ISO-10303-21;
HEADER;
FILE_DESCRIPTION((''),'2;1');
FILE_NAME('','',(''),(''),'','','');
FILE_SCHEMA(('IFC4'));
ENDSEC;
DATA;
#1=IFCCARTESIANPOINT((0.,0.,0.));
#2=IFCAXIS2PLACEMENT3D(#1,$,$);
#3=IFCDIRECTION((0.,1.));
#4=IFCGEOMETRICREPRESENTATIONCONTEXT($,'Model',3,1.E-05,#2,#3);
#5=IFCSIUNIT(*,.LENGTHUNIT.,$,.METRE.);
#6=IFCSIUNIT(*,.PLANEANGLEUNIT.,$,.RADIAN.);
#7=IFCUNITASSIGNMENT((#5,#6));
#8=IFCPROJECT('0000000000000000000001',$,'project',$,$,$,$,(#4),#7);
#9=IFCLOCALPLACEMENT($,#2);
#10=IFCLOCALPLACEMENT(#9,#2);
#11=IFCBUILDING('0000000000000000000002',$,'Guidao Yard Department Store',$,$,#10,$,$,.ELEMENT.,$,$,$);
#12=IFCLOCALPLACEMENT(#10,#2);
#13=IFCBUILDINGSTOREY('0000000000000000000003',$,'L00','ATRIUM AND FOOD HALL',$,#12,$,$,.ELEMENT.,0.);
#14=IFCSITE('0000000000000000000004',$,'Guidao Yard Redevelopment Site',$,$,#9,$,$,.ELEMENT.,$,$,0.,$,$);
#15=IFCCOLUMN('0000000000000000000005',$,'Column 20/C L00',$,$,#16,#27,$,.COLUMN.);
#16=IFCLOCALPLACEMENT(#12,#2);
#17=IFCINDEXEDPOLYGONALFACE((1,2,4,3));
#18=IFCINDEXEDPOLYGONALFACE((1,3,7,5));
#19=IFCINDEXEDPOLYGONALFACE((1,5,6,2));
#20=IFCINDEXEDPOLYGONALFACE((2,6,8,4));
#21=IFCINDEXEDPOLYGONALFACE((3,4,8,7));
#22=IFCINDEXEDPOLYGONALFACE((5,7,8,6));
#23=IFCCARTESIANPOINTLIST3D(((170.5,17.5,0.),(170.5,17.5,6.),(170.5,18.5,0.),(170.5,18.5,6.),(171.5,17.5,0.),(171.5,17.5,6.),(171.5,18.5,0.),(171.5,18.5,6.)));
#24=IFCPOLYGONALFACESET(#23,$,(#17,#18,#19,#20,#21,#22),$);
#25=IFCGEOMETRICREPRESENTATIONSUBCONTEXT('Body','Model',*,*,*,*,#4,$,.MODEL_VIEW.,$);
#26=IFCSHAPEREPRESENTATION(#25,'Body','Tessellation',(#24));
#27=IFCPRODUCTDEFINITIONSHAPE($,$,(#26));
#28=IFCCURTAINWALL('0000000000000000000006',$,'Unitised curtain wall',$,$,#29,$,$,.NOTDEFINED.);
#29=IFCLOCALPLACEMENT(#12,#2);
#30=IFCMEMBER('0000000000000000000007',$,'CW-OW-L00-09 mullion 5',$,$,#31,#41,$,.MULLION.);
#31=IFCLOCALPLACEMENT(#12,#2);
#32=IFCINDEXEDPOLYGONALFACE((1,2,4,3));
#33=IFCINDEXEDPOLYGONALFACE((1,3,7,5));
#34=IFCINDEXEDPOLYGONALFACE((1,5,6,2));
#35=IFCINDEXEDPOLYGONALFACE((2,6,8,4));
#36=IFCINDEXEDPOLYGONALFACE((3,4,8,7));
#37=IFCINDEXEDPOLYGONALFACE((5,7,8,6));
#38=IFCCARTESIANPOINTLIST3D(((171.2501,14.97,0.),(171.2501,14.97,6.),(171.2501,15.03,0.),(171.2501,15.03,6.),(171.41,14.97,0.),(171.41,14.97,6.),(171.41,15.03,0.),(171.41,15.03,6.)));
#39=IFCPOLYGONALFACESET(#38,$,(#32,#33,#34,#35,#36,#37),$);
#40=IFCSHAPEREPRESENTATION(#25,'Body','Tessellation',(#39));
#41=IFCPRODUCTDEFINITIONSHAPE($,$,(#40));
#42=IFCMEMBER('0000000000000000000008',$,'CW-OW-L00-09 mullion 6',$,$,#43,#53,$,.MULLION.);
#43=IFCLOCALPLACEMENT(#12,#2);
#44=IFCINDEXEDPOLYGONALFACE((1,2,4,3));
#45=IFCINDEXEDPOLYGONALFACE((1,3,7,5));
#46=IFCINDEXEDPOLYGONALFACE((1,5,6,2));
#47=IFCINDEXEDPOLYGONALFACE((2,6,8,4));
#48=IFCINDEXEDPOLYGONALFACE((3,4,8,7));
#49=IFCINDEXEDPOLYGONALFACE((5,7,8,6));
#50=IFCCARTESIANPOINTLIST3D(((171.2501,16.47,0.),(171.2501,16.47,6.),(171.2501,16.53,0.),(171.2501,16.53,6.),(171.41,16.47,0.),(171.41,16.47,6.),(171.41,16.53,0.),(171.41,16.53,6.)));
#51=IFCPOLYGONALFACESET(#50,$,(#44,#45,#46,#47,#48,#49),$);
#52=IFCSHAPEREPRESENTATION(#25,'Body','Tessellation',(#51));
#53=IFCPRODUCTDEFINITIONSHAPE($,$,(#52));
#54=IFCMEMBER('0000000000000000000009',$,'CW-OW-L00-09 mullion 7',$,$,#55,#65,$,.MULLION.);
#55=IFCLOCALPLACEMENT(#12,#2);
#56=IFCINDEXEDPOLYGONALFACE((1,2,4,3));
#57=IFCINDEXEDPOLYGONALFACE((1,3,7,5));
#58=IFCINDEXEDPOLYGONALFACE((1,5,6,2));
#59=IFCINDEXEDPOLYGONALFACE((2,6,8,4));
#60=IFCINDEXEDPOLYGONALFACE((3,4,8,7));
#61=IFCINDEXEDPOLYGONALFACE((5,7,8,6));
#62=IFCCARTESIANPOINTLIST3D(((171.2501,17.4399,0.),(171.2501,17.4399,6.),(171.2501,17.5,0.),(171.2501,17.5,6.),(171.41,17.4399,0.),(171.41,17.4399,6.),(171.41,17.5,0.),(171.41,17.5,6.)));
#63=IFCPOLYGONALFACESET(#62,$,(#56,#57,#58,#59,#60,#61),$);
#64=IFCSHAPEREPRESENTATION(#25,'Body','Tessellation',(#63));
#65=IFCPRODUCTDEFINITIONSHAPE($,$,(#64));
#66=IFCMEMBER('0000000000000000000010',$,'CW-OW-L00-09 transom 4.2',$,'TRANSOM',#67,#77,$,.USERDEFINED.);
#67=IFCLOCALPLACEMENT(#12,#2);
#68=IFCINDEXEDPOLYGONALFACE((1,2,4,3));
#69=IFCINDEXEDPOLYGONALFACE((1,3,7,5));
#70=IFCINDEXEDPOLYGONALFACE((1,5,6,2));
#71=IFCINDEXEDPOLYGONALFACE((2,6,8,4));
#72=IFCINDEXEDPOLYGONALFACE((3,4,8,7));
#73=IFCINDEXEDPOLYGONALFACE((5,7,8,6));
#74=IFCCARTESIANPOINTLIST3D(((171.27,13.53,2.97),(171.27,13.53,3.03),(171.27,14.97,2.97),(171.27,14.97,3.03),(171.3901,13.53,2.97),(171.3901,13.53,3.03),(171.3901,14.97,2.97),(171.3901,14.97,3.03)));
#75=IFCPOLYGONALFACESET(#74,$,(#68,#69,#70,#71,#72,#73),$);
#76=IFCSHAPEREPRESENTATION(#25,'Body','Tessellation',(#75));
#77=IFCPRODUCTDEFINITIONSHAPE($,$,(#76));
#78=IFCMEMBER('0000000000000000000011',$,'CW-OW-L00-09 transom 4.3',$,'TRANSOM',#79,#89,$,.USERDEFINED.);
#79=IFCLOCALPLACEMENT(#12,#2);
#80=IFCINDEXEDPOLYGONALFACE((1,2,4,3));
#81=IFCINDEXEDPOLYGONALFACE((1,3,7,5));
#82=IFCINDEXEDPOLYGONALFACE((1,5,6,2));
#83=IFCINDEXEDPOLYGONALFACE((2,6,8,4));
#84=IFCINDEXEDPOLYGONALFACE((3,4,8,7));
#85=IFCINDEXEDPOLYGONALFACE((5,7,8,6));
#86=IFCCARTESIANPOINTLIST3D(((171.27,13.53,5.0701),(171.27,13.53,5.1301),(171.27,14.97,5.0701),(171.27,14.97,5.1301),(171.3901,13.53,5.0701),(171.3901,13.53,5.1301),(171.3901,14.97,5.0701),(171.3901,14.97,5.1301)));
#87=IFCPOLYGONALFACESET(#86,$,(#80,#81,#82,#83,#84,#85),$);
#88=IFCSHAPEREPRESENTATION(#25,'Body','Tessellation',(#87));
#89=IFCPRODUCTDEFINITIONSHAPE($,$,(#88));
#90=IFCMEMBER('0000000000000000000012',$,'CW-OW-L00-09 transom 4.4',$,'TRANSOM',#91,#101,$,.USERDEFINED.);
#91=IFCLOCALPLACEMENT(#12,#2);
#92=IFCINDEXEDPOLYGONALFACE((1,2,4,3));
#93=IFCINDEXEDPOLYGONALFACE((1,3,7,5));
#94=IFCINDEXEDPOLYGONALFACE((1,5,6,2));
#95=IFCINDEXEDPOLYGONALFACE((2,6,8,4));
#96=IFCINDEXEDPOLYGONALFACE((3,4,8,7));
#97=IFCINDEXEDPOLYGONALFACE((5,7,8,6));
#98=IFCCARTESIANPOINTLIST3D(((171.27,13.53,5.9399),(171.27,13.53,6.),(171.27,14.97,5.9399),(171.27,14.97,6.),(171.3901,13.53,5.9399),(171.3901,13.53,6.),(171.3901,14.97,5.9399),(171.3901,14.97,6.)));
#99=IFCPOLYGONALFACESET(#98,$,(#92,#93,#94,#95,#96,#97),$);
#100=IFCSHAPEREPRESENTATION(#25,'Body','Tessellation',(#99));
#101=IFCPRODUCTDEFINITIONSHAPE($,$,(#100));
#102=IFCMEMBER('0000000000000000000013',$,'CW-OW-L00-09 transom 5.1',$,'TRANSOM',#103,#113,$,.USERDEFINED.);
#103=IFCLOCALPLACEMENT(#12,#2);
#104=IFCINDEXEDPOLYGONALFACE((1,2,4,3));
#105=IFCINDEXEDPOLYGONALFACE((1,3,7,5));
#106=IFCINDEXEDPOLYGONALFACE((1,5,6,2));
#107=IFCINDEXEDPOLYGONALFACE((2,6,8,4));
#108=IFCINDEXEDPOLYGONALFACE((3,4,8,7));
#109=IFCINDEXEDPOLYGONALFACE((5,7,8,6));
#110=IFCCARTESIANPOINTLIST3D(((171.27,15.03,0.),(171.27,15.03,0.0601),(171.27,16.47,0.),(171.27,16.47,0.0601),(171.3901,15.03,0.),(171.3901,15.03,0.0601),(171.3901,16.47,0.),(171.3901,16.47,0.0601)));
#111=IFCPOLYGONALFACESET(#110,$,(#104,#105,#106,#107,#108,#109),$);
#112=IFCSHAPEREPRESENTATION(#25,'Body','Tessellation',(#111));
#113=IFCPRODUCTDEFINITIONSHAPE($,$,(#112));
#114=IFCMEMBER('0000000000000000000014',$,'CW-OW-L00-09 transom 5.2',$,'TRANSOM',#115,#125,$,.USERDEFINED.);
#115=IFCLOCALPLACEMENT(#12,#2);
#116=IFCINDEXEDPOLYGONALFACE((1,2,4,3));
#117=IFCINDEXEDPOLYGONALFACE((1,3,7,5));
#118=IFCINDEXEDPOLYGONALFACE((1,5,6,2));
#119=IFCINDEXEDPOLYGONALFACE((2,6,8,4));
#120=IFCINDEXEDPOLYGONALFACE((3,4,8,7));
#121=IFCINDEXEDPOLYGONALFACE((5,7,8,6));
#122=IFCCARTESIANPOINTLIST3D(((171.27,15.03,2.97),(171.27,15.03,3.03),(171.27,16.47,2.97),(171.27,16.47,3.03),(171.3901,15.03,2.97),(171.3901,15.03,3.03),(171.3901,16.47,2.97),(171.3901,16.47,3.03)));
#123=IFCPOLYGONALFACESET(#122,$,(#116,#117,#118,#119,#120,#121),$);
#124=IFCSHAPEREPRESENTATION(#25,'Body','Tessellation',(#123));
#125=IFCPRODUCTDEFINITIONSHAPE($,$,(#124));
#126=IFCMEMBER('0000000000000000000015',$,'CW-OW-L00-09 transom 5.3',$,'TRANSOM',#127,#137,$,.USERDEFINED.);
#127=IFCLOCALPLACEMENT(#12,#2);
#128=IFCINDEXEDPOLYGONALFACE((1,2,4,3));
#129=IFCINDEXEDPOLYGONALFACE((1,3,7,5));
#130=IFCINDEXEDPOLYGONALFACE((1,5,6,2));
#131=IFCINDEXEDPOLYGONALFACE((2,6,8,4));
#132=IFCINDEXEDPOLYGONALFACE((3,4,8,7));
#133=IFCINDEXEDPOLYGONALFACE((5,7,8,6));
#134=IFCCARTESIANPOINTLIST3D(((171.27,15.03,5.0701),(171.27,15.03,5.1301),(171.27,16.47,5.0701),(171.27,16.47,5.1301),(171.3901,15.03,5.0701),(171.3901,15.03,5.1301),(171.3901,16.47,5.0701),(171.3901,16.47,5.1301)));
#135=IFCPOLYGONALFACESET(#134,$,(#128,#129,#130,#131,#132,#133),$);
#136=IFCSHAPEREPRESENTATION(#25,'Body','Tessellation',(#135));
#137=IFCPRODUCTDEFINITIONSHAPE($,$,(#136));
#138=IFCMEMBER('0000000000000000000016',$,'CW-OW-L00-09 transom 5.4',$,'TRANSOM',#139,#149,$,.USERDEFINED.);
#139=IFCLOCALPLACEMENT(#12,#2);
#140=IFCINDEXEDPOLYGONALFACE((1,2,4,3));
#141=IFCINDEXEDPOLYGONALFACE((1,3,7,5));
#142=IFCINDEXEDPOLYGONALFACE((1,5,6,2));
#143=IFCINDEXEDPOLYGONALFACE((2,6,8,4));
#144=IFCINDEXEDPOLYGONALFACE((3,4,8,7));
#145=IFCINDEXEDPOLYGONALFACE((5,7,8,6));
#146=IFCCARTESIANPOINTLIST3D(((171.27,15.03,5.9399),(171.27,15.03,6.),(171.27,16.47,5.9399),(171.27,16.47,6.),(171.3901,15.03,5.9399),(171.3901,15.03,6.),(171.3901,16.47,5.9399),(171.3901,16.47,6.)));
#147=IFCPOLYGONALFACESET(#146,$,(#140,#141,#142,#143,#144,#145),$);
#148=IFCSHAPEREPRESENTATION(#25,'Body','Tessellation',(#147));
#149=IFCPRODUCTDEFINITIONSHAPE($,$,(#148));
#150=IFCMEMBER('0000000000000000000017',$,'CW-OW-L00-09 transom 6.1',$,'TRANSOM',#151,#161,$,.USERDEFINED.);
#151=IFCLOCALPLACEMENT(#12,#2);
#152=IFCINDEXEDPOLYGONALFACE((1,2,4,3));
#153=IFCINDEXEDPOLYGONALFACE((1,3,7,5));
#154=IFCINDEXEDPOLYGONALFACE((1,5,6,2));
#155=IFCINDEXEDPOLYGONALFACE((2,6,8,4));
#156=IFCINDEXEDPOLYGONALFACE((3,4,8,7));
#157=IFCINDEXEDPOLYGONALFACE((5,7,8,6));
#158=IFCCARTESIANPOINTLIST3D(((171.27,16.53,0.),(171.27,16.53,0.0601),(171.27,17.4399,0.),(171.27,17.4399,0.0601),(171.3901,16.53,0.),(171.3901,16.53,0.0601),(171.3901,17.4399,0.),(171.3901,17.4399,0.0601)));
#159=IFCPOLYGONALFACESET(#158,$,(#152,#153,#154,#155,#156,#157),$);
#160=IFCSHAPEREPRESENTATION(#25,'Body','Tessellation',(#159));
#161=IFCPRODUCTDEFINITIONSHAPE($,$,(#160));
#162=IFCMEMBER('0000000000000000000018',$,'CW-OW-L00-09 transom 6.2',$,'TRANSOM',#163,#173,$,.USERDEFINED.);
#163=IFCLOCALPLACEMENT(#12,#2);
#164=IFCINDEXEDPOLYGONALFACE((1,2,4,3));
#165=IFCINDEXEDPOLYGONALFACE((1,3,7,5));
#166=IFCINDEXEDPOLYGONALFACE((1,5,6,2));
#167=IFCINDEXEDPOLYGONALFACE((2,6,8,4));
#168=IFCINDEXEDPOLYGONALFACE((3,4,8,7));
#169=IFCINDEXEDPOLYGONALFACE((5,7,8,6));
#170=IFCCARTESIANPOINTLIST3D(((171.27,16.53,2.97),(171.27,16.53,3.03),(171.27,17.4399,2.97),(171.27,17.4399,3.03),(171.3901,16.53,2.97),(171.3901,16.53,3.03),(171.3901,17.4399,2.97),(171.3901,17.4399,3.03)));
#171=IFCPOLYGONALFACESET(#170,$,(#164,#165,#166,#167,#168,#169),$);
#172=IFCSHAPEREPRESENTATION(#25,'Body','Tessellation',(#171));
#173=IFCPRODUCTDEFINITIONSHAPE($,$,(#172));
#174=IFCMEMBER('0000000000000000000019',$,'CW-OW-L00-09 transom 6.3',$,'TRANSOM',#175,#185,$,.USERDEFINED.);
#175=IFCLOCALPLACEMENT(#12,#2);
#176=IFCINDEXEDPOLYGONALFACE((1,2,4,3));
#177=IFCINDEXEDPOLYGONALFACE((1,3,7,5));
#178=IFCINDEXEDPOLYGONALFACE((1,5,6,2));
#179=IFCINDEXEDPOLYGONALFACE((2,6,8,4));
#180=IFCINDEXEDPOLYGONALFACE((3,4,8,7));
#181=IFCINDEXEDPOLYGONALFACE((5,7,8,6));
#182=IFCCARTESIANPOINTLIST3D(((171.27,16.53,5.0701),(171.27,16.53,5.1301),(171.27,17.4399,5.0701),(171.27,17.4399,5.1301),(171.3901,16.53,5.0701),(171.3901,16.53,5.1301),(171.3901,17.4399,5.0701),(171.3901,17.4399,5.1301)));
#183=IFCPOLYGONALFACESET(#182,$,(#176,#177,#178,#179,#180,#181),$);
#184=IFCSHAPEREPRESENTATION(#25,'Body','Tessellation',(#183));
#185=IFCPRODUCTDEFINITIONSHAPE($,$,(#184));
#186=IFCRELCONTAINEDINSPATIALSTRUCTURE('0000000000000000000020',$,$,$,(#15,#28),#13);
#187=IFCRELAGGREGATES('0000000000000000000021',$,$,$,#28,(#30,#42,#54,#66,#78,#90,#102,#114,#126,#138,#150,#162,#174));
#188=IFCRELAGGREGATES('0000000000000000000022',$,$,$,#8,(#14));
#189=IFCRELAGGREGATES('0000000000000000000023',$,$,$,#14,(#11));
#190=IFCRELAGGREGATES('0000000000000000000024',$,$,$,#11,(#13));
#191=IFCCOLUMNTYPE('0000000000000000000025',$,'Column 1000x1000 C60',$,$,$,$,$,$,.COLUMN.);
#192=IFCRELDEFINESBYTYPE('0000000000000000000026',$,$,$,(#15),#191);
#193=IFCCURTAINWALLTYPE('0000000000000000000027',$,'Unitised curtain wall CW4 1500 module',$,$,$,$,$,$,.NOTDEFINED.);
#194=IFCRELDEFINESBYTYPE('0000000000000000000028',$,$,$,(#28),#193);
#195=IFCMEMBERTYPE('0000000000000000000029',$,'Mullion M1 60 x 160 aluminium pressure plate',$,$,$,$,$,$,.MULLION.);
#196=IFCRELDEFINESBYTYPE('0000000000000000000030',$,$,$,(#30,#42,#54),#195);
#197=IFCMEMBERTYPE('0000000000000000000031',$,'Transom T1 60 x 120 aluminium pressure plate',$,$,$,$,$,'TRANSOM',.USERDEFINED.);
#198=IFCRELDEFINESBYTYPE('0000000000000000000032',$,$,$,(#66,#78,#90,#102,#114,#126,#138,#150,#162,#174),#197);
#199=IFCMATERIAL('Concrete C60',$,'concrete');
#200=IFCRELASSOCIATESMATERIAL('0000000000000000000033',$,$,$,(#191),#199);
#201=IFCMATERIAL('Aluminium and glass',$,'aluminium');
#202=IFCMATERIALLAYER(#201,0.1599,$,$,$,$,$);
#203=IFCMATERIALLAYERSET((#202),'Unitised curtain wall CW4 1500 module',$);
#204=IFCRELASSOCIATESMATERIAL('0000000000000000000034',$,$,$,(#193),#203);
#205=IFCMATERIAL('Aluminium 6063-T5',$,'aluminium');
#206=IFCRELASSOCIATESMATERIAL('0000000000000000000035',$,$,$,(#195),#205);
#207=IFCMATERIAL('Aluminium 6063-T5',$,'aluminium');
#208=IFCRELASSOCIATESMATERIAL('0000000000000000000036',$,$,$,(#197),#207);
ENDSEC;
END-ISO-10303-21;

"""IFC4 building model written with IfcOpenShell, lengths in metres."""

from ifc_helpers import new_model, si_unit, direction, frame, origin, origin_2d, place, context, subcontext, project, spatial, rectangle, extrude, material, layer, layer_set, material_profile, profile_set, type_object, element, aggregate, save


model = new_model("IFC4")

# Units and contexts
model_context = context("Model", 3, precision=1e-05, world=origin(), true_north=direction((0.0, 1.0)))
body_context = subcontext(model_context, "Body", "Model", "MODEL_VIEW")
ifc_project = project(units=[si_unit("LENGTHUNIT", "METRE"), si_unit("PLANEANGLEUNIT", "RADIAN")], contexts=[model_context])

# Site, building, storey
site_placement = place(None, origin())
site = spatial("IfcSite", under=ifc_project, at=site_placement, Name="Guidao Yard Redevelopment Site", CompositionType="ELEMENT", RefElevation=0.0)
building_placement = place(site_placement, origin())
building = spatial("IfcBuilding", under=site, at=building_placement, Name="Guidao Yard Department Store", CompositionType="ELEMENT")
storey_placement = place(building_placement, origin())
storey = spatial("IfcBuildingStorey", under=building, at=storey_placement, Name="L00", Description="ATRIUM AND FOOD HALL", CompositionType="ELEMENT", Elevation=0.0)

# Column
ifc_material_1 = material(Name="Concrete C60", Category="concrete")
ifc_material_profile_1 = material_profile(ifc_material_1, rectangle(XDim=1.0, YDim=1.0, at=origin_2d()), Name="COL 1000x1000")
ifc_profile_set_1 = profile_set([ifc_material_profile_1], Name="Concrete C60")
column_type = type_object("IfcColumnType", Name="Column 1000x1000 C60", PredefinedType="COLUMN", material=ifc_profile_set_1)
column_placement = place(storey_placement, frame((171.0, 18.0, 0.0), z_axis=(0.0, 0.0, 1.0), x_axis=(1.0, 0.0, 0.0)))
element("IfcColumn", 1, at=column_placement, inside=storey, type_object=column_type, Name="Column 20/C L00", PredefinedType="COLUMN", context=body_context, shape_type="SweptSolid", body=[
    extrude(rectangle(XDim=1.0, YDim=1.0, at=origin_2d()), origin(), (0.0, 0.0, 1.0), 6.0),
])

# Curtain wall, members
ifc_material_2 = material(Name="Aluminium and glass", Category="aluminium")
ifc_layer_1 = layer(ifc_material_2, 0.1599)
ifc_layer_set_1 = layer_set([ifc_layer_1], Name="Unitised curtain wall CW4 1500 module")
curtain_wall_type = type_object("IfcCurtainWallType", Name="Unitised curtain wall CW4 1500 module", PredefinedType="NOTDEFINED", material=ifc_layer_set_1)
curtain_wall_placement = place(storey_placement, origin())
curtain_wall = element("IfcCurtainWall", 2, at=curtain_wall_placement, inside=storey, type_object=curtain_wall_type, Name="Unitised curtain wall", PredefinedType="NOTDEFINED")
ifc_material_3 = material(Name="Aluminium 6063-T5", Category="aluminium")
ifc_material_profile_2 = material_profile(ifc_material_3, rectangle(XDim=0.0601, YDim=0.1599, at=origin_2d()), Name="Mullion M1 60 x 160 aluminium pressure plate")
ifc_profile_set_2 = profile_set([ifc_material_profile_2], Name="Aluminium 6063-T5")
member_type_1 = type_object("IfcMemberType", Name="Mullion M1 60 x 160 aluminium pressure plate", PredefinedType="MULLION", material=ifc_profile_set_2)
member_1_placement = place(storey_placement, frame((171.3301, 15.0, 0.0), z_axis=(0.0, 0.0, 1.0), x_axis=(0.0, -1.0, 0.0)))
member_1 = element("IfcMember", 3, at=member_1_placement, type_object=member_type_1, Name="CW-OW-L00-09 mullion 5", PredefinedType="MULLION", context=body_context, shape_type="SweptSolid", body=[
    extrude(rectangle(XDim=0.0601, YDim=0.1599, at=origin_2d()), origin(), (0.0, 0.0, 1.0), 6.0),
])
member_2_placement = place(storey_placement, frame((171.3301, 16.5, 0.0), z_axis=(0.0, 0.0, 1.0), x_axis=(0.0, -1.0, 0.0)))
member_2 = element("IfcMember", 4, at=member_2_placement, type_object=member_type_1, Name="CW-OW-L00-09 mullion 6", PredefinedType="MULLION", context=body_context, shape_type="SweptSolid", body=[
    extrude(rectangle(XDim=0.0601, YDim=0.1599, at=origin_2d()), origin(), (0.0, 0.0, 1.0), 6.0),
])
member_3_placement = place(storey_placement, frame((171.3301, 17.47, 0.0), z_axis=(0.0, 0.0, 1.0), x_axis=(0.0, -1.0, 0.0)))
member_3 = element("IfcMember", 5, at=member_3_placement, type_object=member_type_1, Name="CW-OW-L00-09 mullion 7", PredefinedType="MULLION", context=body_context, shape_type="SweptSolid", body=[
    extrude(rectangle(XDim=0.0601, YDim=0.1599, at=origin_2d()), origin(), (0.0, 0.0, 1.0), 6.0),
])
ifc_material_4 = material(Name="Aluminium 6063-T5", Category="aluminium")
ifc_material_profile_3 = material_profile(ifc_material_4, rectangle(XDim=0.1201, YDim=0.0601, at=origin_2d()), Name="Transom T1 60 x 120 aluminium pressure plate")
ifc_profile_set_3 = profile_set([ifc_material_profile_3], Name="Aluminium 6063-T5")
member_type_2 = type_object("IfcMemberType", Name="Transom T1 60 x 120 aluminium pressure plate", ElementType="TRANSOM", PredefinedType="USERDEFINED", material=ifc_profile_set_3)
member_4_placement = place(storey_placement, frame((171.3301, 14.97, 3.0), z_axis=(0.0, -1.0, 0.0), x_axis=(1.0, 0.0, 0.0)))
member_4 = element("IfcMember", 6, at=member_4_placement, type_object=member_type_2, Name="CW-OW-L00-09 transom 4.2", ObjectType="TRANSOM", PredefinedType="USERDEFINED", context=body_context, shape_type="SweptSolid", body=[
    extrude(rectangle(XDim=0.1201, YDim=0.0601, at=origin_2d()), origin(), (0.0, 0.0, 1.0), 1.4399),
])
member_5_placement = place(storey_placement, frame((171.3301, 14.97, 5.1001), z_axis=(0.0, -1.0, 0.0), x_axis=(1.0, 0.0, 0.0)))
member_5 = element("IfcMember", 7, at=member_5_placement, type_object=member_type_2, Name="CW-OW-L00-09 transom 4.3", ObjectType="TRANSOM", PredefinedType="USERDEFINED", context=body_context, shape_type="SweptSolid", body=[
    extrude(rectangle(XDim=0.1201, YDim=0.0601, at=origin_2d()), origin(), (0.0, 0.0, 1.0), 1.4399),
])
member_6_placement = place(storey_placement, frame((171.3301, 14.97, 5.97), z_axis=(0.0, -1.0, 0.0), x_axis=(1.0, 0.0, 0.0)))
member_6 = element("IfcMember", 8, at=member_6_placement, type_object=member_type_2, Name="CW-OW-L00-09 transom 4.4", ObjectType="TRANSOM", PredefinedType="USERDEFINED", context=body_context, shape_type="SweptSolid", body=[
    extrude(rectangle(XDim=0.1201, YDim=0.0601, at=origin_2d()), origin(), (0.0, 0.0, 1.0), 1.4399),
])
member_7_placement = place(storey_placement, frame((171.3301, 16.47, 0.03), z_axis=(0.0, -1.0, 0.0), x_axis=(1.0, 0.0, 0.0)))
member_7 = element("IfcMember", 9, at=member_7_placement, type_object=member_type_2, Name="CW-OW-L00-09 transom 5.1", ObjectType="TRANSOM", PredefinedType="USERDEFINED", context=body_context, shape_type="SweptSolid", body=[
    extrude(rectangle(XDim=0.1201, YDim=0.0601, at=origin_2d()), origin(), (0.0, 0.0, 1.0), 1.4399),
])
member_8_placement = place(storey_placement, frame((171.3301, 16.47, 3.0), z_axis=(0.0, -1.0, 0.0), x_axis=(1.0, 0.0, 0.0)))
member_8 = element("IfcMember", 10, at=member_8_placement, type_object=member_type_2, Name="CW-OW-L00-09 transom 5.2", ObjectType="TRANSOM", PredefinedType="USERDEFINED", context=body_context, shape_type="SweptSolid", body=[
    extrude(rectangle(XDim=0.1201, YDim=0.0601, at=origin_2d()), origin(), (0.0, 0.0, 1.0), 1.4399),
])
member_9_placement = place(storey_placement, frame((171.3301, 16.47, 5.1001), z_axis=(0.0, -1.0, 0.0), x_axis=(1.0, 0.0, 0.0)))
member_9 = element("IfcMember", 11, at=member_9_placement, type_object=member_type_2, Name="CW-OW-L00-09 transom 5.3", ObjectType="TRANSOM", PredefinedType="USERDEFINED", context=body_context, shape_type="SweptSolid", body=[
    extrude(rectangle(XDim=0.1201, YDim=0.0601, at=origin_2d()), origin(), (0.0, 0.0, 1.0), 1.4399),
])
member_10_placement = place(storey_placement, frame((171.3301, 16.47, 5.97), z_axis=(0.0, -1.0, 0.0), x_axis=(1.0, 0.0, 0.0)))
member_10 = element("IfcMember", 12, at=member_10_placement, type_object=member_type_2, Name="CW-OW-L00-09 transom 5.4", ObjectType="TRANSOM", PredefinedType="USERDEFINED", context=body_context, shape_type="SweptSolid", body=[
    extrude(rectangle(XDim=0.1201, YDim=0.0601, at=origin_2d()), origin(), (0.0, 0.0, 1.0), 1.4399),
])
member_11_placement = place(storey_placement, frame((171.3301, 17.4399, 0.03), z_axis=(0.0, -1.0, 0.0), x_axis=(1.0, 0.0, 0.0)))
member_11 = element("IfcMember", 13, at=member_11_placement, type_object=member_type_2, Name="CW-OW-L00-09 transom 6.1", ObjectType="TRANSOM", PredefinedType="USERDEFINED", context=body_context, shape_type="SweptSolid", body=[
    extrude(rectangle(XDim=0.1201, YDim=0.0601, at=origin_2d()), origin(), (0.0, 0.0, 1.0), 0.9099),
])
member_12_placement = place(storey_placement, frame((171.3301, 17.4399, 3.0), z_axis=(0.0, -1.0, 0.0), x_axis=(1.0, 0.0, 0.0)))
member_12 = element("IfcMember", 14, at=member_12_placement, type_object=member_type_2, Name="CW-OW-L00-09 transom 6.2", ObjectType="TRANSOM", PredefinedType="USERDEFINED", context=body_context, shape_type="SweptSolid", body=[
    extrude(rectangle(XDim=0.1201, YDim=0.0601, at=origin_2d()), origin(), (0.0, 0.0, 1.0), 0.9099),
])
member_13_placement = place(storey_placement, frame((171.3301, 17.4399, 5.1001), z_axis=(0.0, -1.0, 0.0), x_axis=(1.0, 0.0, 0.0)))
member_13 = element("IfcMember", 15, at=member_13_placement, type_object=member_type_2, Name="CW-OW-L00-09 transom 6.3", ObjectType="TRANSOM", PredefinedType="USERDEFINED", context=body_context, shape_type="SweptSolid", body=[
    extrude(rectangle(XDim=0.1201, YDim=0.0601, at=origin_2d()), origin(), (0.0, 0.0, 1.0), 0.9099),
])
aggregate(curtain_wall, [member_1, member_2, member_3, member_4, member_5, member_6, member_7, member_8, member_9, member_10, member_11, member_12, member_13])

save(model, "model.ifc")
